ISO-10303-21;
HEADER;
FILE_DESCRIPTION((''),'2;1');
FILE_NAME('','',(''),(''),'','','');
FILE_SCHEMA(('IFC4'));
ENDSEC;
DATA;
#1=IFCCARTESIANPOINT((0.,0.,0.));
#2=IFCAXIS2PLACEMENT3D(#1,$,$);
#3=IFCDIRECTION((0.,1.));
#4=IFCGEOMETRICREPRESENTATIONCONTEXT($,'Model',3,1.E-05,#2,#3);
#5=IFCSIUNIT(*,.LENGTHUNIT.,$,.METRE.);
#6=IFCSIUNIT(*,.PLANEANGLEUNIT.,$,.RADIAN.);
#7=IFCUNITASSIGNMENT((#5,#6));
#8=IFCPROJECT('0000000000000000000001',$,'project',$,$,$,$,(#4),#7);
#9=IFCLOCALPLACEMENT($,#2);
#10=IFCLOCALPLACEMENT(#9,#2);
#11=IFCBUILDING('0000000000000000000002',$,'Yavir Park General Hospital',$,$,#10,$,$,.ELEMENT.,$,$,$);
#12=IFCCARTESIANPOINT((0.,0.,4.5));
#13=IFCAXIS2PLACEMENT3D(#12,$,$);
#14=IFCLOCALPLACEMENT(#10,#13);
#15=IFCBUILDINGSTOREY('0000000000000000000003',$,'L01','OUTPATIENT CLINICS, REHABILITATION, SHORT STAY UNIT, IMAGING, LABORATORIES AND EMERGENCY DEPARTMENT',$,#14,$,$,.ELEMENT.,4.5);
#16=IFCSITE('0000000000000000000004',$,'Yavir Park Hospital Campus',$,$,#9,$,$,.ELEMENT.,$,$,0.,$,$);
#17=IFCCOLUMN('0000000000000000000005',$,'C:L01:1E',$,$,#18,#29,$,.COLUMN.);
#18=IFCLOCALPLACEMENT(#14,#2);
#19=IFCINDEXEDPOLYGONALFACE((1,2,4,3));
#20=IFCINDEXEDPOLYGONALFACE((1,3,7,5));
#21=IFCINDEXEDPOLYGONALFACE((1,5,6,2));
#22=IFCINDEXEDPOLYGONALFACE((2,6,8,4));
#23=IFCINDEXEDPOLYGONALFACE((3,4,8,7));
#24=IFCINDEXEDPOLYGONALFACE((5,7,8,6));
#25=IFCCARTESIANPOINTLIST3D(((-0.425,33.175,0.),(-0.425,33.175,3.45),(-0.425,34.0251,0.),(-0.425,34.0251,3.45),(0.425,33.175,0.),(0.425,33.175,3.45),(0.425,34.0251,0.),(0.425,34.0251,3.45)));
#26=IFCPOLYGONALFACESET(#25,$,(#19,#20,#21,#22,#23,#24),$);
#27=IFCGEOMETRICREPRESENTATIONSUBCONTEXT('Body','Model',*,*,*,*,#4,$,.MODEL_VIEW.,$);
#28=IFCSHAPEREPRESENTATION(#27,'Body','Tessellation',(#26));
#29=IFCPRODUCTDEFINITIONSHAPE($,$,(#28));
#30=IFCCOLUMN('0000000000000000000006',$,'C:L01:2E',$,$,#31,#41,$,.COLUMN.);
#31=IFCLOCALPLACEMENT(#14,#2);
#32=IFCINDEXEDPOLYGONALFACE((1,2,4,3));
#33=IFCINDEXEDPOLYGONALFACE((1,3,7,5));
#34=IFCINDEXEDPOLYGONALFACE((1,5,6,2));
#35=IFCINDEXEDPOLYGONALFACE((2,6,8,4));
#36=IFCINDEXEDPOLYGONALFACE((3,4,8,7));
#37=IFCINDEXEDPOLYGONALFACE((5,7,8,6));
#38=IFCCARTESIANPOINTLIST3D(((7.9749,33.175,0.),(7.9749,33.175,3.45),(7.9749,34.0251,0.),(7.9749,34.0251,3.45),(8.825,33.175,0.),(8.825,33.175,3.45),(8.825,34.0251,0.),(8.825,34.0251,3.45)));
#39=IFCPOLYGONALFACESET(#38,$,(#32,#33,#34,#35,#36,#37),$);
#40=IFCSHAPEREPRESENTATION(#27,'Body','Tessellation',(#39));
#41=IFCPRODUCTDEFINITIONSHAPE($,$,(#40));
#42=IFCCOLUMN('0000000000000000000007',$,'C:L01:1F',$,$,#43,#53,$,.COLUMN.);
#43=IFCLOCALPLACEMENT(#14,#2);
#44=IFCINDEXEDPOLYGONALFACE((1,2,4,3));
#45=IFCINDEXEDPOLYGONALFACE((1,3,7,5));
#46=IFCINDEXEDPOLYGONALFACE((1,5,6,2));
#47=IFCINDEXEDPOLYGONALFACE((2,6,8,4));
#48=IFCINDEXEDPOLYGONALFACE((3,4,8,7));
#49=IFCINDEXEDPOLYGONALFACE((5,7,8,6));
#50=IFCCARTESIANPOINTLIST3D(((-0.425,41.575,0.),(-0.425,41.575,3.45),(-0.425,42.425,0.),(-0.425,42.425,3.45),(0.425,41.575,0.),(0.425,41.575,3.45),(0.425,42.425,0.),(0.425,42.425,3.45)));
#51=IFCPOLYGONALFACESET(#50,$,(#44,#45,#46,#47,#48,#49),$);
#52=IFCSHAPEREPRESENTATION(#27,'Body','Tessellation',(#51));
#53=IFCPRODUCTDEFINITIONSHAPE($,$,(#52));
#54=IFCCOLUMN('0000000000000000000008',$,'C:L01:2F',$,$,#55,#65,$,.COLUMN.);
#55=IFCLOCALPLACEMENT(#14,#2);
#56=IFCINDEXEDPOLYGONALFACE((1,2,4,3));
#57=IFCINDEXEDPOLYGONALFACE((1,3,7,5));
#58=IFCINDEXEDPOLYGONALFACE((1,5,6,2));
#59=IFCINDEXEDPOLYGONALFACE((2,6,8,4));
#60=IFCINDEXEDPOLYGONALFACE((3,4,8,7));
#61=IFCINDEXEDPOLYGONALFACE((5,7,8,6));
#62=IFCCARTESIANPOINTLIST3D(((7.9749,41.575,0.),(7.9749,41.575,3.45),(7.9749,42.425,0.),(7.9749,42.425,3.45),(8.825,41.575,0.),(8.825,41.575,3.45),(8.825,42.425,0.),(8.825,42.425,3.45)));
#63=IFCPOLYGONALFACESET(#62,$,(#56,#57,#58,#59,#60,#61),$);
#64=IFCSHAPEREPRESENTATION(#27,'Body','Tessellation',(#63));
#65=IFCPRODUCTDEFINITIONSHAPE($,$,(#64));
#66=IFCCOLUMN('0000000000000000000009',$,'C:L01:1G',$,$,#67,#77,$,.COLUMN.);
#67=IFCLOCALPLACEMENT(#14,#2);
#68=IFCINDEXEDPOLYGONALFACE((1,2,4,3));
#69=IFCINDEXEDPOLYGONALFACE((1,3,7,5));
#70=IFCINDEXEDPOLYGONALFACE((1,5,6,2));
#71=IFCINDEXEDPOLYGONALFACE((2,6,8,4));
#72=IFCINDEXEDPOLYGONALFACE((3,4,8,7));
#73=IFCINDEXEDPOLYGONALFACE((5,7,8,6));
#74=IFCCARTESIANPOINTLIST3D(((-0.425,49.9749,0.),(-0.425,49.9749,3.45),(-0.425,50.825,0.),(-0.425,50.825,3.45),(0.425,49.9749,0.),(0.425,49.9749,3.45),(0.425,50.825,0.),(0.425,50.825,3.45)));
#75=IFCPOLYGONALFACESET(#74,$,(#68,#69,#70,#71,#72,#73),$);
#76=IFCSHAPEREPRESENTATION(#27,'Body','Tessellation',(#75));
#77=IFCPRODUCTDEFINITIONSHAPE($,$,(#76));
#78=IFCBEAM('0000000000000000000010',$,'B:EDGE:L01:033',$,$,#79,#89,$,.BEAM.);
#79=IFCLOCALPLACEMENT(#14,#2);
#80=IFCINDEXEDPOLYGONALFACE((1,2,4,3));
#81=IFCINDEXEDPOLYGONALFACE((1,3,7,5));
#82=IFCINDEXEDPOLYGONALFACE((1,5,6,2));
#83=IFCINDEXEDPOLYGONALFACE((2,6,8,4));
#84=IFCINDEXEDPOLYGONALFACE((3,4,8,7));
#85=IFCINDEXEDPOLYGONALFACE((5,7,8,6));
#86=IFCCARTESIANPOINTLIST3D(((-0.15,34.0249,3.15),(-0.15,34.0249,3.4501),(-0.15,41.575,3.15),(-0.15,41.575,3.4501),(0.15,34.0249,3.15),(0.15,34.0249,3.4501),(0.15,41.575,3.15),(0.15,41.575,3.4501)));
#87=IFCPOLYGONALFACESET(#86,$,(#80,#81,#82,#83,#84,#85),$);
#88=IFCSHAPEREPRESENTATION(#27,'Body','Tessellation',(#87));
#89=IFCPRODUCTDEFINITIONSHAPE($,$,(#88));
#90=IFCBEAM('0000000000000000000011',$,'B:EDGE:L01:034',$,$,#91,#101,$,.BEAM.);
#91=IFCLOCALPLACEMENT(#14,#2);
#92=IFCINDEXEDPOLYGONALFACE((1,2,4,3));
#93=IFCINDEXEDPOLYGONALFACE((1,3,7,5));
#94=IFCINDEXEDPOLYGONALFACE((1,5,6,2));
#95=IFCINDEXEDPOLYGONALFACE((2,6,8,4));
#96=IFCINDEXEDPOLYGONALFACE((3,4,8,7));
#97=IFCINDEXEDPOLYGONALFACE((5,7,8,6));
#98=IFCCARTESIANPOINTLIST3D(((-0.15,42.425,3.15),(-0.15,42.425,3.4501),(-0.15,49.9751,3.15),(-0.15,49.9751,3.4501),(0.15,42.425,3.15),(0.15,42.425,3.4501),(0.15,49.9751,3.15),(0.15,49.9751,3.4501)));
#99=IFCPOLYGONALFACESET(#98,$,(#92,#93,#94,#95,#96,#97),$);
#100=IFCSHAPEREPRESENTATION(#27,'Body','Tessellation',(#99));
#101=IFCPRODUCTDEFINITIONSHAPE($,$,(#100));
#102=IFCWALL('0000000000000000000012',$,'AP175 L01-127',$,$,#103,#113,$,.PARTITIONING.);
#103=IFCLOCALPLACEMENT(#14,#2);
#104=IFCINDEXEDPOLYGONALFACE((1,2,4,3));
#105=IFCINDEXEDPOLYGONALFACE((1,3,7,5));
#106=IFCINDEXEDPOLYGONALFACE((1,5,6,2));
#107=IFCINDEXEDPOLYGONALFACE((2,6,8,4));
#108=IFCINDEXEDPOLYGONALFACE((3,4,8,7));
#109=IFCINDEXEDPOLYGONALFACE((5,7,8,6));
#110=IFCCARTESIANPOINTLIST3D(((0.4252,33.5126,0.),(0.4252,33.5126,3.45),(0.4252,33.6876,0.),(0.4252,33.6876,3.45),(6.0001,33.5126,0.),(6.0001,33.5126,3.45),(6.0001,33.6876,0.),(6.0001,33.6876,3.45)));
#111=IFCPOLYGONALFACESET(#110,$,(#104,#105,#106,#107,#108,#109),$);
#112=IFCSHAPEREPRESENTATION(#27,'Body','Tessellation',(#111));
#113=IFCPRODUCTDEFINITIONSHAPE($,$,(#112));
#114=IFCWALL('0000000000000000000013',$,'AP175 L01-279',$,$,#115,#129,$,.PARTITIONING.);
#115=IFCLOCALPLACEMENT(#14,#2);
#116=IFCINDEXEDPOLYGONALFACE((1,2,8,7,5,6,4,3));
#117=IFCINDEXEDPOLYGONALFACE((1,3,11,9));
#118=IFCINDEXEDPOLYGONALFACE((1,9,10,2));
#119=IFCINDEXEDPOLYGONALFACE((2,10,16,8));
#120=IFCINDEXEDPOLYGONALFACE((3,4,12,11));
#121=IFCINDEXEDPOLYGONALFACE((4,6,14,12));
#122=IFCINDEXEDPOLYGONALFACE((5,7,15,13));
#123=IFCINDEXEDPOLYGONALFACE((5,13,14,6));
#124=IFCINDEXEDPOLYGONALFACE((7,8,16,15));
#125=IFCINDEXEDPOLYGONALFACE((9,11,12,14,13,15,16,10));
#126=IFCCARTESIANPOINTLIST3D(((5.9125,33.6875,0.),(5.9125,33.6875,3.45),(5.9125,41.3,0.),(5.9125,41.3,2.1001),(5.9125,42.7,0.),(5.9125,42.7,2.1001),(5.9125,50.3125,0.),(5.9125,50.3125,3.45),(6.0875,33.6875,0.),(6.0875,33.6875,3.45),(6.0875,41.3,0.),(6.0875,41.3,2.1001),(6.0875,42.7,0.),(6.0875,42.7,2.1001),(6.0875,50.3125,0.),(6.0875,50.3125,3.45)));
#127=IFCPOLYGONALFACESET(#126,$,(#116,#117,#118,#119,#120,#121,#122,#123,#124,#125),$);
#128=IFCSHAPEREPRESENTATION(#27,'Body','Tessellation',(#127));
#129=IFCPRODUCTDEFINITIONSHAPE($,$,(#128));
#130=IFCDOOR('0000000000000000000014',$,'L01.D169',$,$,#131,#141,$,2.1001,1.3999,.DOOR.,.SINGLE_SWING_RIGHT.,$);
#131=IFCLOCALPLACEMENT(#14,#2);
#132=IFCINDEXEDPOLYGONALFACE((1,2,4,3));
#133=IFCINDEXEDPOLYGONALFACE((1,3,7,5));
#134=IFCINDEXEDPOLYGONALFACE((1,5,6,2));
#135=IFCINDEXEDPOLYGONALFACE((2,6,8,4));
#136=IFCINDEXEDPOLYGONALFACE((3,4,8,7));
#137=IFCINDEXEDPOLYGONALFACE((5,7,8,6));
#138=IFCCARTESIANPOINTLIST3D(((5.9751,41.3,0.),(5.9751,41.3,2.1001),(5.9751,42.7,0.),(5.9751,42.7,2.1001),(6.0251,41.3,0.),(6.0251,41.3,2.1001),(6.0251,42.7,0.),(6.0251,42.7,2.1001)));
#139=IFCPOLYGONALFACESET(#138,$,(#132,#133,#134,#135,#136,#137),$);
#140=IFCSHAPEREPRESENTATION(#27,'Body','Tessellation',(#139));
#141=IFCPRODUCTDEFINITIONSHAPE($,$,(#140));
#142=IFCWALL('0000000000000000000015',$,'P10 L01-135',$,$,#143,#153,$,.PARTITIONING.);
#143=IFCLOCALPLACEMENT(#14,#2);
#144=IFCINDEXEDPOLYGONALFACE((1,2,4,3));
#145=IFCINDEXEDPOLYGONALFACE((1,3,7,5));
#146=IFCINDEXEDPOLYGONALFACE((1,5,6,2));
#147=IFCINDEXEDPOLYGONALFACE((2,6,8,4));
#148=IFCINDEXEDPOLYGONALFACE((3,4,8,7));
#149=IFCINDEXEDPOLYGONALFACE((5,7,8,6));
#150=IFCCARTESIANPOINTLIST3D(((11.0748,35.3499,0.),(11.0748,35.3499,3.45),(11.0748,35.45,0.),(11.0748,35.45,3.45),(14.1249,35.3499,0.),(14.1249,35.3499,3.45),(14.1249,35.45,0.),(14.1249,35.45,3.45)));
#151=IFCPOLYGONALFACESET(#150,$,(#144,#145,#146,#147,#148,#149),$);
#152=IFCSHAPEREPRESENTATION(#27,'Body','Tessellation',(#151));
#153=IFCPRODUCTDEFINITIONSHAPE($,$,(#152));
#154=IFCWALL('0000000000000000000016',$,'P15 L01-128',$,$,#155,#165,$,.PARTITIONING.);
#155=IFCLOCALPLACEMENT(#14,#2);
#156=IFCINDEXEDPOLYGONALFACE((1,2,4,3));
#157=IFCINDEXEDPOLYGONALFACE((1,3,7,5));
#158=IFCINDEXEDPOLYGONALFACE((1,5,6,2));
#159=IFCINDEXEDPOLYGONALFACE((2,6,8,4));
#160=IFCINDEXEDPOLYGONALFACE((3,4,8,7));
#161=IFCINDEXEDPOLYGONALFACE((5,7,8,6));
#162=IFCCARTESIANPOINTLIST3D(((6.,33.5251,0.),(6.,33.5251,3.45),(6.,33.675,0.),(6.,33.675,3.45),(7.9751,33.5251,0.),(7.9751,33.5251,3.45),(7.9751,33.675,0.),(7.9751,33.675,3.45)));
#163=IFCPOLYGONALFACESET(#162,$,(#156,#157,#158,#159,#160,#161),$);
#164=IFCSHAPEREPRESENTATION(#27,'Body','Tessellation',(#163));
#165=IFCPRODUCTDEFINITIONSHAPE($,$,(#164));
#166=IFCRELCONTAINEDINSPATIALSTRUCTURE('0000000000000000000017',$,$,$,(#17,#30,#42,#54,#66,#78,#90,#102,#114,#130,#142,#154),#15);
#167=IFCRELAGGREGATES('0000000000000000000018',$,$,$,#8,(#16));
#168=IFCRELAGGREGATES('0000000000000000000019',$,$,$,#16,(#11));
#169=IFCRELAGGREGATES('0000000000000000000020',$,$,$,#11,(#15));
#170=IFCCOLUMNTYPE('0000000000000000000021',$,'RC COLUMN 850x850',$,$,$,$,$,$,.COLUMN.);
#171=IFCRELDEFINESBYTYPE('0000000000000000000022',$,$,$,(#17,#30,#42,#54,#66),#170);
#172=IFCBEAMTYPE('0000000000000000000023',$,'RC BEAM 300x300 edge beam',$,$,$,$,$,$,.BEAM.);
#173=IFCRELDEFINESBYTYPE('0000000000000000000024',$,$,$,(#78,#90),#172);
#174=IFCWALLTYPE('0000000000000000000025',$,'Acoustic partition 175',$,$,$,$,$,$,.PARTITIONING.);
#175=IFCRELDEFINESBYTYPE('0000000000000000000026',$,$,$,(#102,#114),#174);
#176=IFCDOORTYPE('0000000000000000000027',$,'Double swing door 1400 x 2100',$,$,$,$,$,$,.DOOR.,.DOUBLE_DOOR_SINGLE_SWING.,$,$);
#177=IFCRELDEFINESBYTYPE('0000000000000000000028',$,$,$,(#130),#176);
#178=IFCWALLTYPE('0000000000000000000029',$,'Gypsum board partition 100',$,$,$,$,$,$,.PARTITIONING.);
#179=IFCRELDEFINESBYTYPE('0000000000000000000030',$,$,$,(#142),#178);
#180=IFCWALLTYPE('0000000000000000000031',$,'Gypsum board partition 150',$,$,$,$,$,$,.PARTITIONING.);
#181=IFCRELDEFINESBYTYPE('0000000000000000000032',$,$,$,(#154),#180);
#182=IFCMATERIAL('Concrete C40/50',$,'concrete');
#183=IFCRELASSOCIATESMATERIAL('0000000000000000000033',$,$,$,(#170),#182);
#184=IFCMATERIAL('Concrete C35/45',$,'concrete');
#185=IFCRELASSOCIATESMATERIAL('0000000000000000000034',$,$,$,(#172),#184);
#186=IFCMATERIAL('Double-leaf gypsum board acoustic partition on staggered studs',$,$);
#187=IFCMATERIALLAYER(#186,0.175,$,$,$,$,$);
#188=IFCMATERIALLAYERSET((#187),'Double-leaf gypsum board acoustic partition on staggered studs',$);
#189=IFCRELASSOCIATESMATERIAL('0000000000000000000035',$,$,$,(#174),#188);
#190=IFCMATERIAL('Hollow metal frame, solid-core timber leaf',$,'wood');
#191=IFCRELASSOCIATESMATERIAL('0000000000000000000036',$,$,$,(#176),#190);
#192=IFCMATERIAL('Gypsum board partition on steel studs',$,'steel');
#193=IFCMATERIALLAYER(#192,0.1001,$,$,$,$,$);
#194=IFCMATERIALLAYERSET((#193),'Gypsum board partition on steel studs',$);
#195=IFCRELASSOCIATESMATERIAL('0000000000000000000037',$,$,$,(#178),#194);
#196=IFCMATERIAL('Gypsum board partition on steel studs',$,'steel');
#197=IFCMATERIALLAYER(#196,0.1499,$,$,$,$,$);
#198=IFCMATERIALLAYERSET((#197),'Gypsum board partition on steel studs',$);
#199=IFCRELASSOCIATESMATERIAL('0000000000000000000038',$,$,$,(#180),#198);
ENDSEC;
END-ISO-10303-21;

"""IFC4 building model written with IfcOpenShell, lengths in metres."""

from ifc_helpers import new_model, si_unit, direction, frame, frame_2d, origin, origin_2d, place, context, subcontext, project, spatial, rectangle, extrude, material, layer, layer_set, material_profile, profile_set, type_object, element, fill, save


model = new_model("IFC4")

# Units and contexts
model_context = context("Model", 3, precision=1e-05, world=origin(), true_north=direction((0.0, 1.0)))
body_context = subcontext(model_context, "Body", "Model", "MODEL_VIEW")
ifc_project = project(units=[si_unit("LENGTHUNIT", "METRE"), si_unit("PLANEANGLEUNIT", "RADIAN")], contexts=[model_context])

# Site, building, storey
site_placement = place(None, origin())
site = spatial("IfcSite", under=ifc_project, at=site_placement, Name="Yavir Park Hospital Campus", CompositionType="ELEMENT", RefElevation=0.0)
building_placement = place(site_placement, origin())
building = spatial("IfcBuilding", under=site, at=building_placement, Name="Yavir Park General Hospital", CompositionType="ELEMENT")
storey_placement = place(building_placement, frame((0.0, 0.0, 4.5)))
storey = spatial("IfcBuildingStorey", under=building, at=storey_placement, Name="L01", Description="OUTPATIENT CLINICS, REHABILITATION, SHORT STAY UNIT, IMAGING, LABORATORIES AND EMERGENCY DEPARTMENT", CompositionType="ELEMENT", Elevation=4.5)

# Columns
ifc_material_1 = material(Name="Concrete C40/50", Category="concrete")
ifc_material_profile_1 = material_profile(ifc_material_1, rectangle(XDim=0.8501, YDim=0.8501, at=origin_2d()), Name="RC850x850")
ifc_profile_set_1 = profile_set([ifc_material_profile_1], Name="Concrete C40/50")
column_type = type_object("IfcColumnType", Name="RC COLUMN 850x850", PredefinedType="COLUMN", material=ifc_profile_set_1)
for number, where, z_axis, x_axis, name in (
    (1, (0.0, 33.6001, 0.0), (0.0, 0.0, 1.0), (1.0, 0.0, 0.0), "C:L01:1E"),
    (2, (8.3999, 33.6001, 0.0), (0.0, 0.0, 1.0), (1.0, 0.0, 0.0), "C:L01:2E"),
    (3, (0.0, 42.0, 0.0), (0.0, 0.0, 1.0), (1.0, 0.0, 0.0), "C:L01:1F"),
    (4, (8.3999, 42.0, 0.0), (0.0, 0.0, 1.0), (1.0, 0.0, 0.0), "C:L01:2F"),
    (5, (0.0, 50.3999, 0.0), (0.0, 0.0, 1.0), (1.0, 0.0, 0.0), "C:L01:1G"),
):
    element("IfcColumn", number, at=place(storey_placement, frame(where, z_axis=z_axis, x_axis=x_axis)), inside=storey, type_object=column_type, Name=name, PredefinedType="COLUMN", context=body_context, shape_type="SweptSolid", body=[
        extrude(rectangle(XDim=0.8501, YDim=0.8501, at=origin_2d()), origin(), (0.0, 0.0, 1.0), 3.45),
    ])

# Beams
ifc_material_2 = material(Name="Concrete C35/45", Category="concrete")
ifc_material_profile_2 = material_profile(ifc_material_2, rectangle(XDim=0.3, YDim=0.3, at=origin_2d()), Name="RC300x300")
ifc_profile_set_2 = profile_set([ifc_material_profile_2], Name="Concrete C35/45")
beam_type = type_object("IfcBeamType", Name="RC BEAM 300x300 edge beam", PredefinedType="BEAM", material=ifc_profile_set_2)
for number, where, z_axis, x_axis, name in (
    (6, (0.0, 34.0249, 3.3), (0.0, 1.0, 0.0), (-1.0, 0.0, 0.0), "B:EDGE:L01:033"),
    (7, (0.0, 42.425, 3.3), (0.0, 1.0, 0.0), (-1.0, 0.0, 0.0), "B:EDGE:L01:034"),
):
    element("IfcBeam", number, at=place(storey_placement, frame(where, z_axis=z_axis, x_axis=x_axis)), inside=storey, type_object=beam_type, Name=name, PredefinedType="BEAM", context=body_context, shape_type="SweptSolid", body=[
        extrude(rectangle(XDim=0.3, YDim=0.3, at=origin_2d()), origin(), (0.0, 0.0, 1.0), 7.55),
    ])

# Wall
ifc_material_3 = material(Name="Double-leaf gypsum board acoustic partition on staggered studs")
ifc_layer_1 = layer(ifc_material_3, 0.175)
ifc_layer_set_1 = layer_set([ifc_layer_1], Name="Double-leaf gypsum board acoustic partition on staggered studs")
wall_type_1 = type_object("IfcWallType", Name="Acoustic partition 175", PredefinedType="PARTITIONING", material=ifc_layer_set_1)
wall_1_placement = place(storey_placement, frame((0.425, 33.6001, 0.0), z_axis=(0.0, 0.0, 1.0), x_axis=(1.0, 0.0, 0.0)))
element("IfcWall", 8, at=wall_1_placement, inside=storey, type_object=wall_type_1, Name="AP175 L01-127", PredefinedType="PARTITIONING", context=body_context, shape_type="SweptSolid", body=[
    extrude(rectangle(XDim=5.575, YDim=0.175, at=frame_2d((2.7876, 0.0))), origin(), (0.0, 0.0, 1.0), 3.45),
])

# Wall, opening, door
wall_2_placement = place(storey_placement, frame((6.0, 33.6875, 0.0), z_axis=(0.0, 0.0, 1.0), x_axis=(0.0, 1.0, 0.0)))
wall_2 = element("IfcWall", 9, at=wall_2_placement, inside=storey, type_object=wall_type_1, Name="AP175 L01-279", PredefinedType="PARTITIONING", context=body_context, shape_type="SweptSolid", body=[
    extrude(rectangle(XDim=16.625, YDim=0.175, at=frame_2d((8.3125, 0.0))), origin(), (0.0, 0.0, 1.0), 3.45),
])
opening_1_placement = place(wall_2_placement, frame((7.6125, 0.0, 0.0)))
opening_1 = element("IfcOpeningElement", 10, at=opening_1_placement, cuts=wall_2, PredefinedType="OPENING", context=body_context, shape_type="SweptSolid", body=[
    extrude(rectangle(XDim=1.3999, YDim=2.1001, at=frame_2d((0.7, 1.05))), frame((0.0, 0.0974, 0.0), z_axis=(0.0, -1.0, 0.0), x_axis=(1.0, 0.0, 0.0)), (0.0, 0.0, 1.0), 0.1951),
])
ifc_material_4 = material(Name="Hollow metal frame, solid-core timber leaf", Category="wood")
door_type = type_object("IfcDoorType", Name="Double swing door 1400 x 2100", OperationType="DOUBLE_DOOR_SINGLE_SWING", PredefinedType="DOOR", material=ifc_material_4)
door_placement = place(opening_1_placement, origin())
door = element("IfcDoor", 11, at=door_placement, inside=storey, type_object=door_type, Name="L01.D169", OperationType="SINGLE_SWING_RIGHT", OverallHeight=2.1001, OverallWidth=1.3999, PredefinedType="DOOR", context=body_context, shape_type="SweptSolid", body=[
    extrude(rectangle(XDim=1.3999, YDim=2.1001, at=frame_2d((0.7, 1.05))), frame((0.0, 0.0249, 0.0), z_axis=(0.0, -1.0, 0.0), x_axis=(1.0, 0.0, 0.0)), (0.0, 0.0, 1.0), 0.05),
])
fill(opening_1, door)

# Walls
ifc_material_5 = material(Name="Gypsum board partition on steel studs", Category="steel")
ifc_layer_2 = layer(ifc_material_5, 0.1001)
ifc_layer_set_2 = layer_set([ifc_layer_2], Name="Gypsum board partition on steel studs")
wall_type_2 = type_object("IfcWallType", Name="Gypsum board partition 100", PredefinedType="PARTITIONING", material=ifc_layer_set_2)
wall_3_placement = place(storey_placement, frame((11.075, 35.3999, 0.0), z_axis=(0.0, 0.0, 1.0), x_axis=(1.0, 0.0, 0.0)))
element("IfcWall", 12, at=wall_3_placement, inside=storey, type_object=wall_type_2, Name="P10 L01-135", PredefinedType="PARTITIONING", context=body_context, shape_type="SweptSolid", body=[
    extrude(rectangle(XDim=3.05, YDim=0.1001, at=frame_2d((1.5249, 0.0))), origin(), (0.0, 0.0, 1.0), 3.45),
])
ifc_material_6 = material(Name="Gypsum board partition on steel studs", Category="steel")
ifc_layer_3 = layer(ifc_material_6, 0.1499)
ifc_layer_set_3 = layer_set([ifc_layer_3], Name="Gypsum board partition on steel studs")
wall_type_3 = type_object("IfcWallType", Name="Gypsum board partition 150", PredefinedType="PARTITIONING", material=ifc_layer_set_3)
wall_4_placement = place(storey_placement, frame((6.0, 33.6001, 0.0), z_axis=(0.0, 0.0, 1.0), x_axis=(1.0, 0.0, 0.0)))
element("IfcWall", 13, at=wall_4_placement, inside=storey, type_object=wall_type_3, Name="P15 L01-128", PredefinedType="PARTITIONING", context=body_context, shape_type="SweptSolid", body=[
    extrude(rectangle(XDim=1.9751, YDim=0.1499, at=frame_2d((0.9875, 0.0))), origin(), (0.0, 0.0, 1.0), 3.45),
])

save(model, "model.ifc")
